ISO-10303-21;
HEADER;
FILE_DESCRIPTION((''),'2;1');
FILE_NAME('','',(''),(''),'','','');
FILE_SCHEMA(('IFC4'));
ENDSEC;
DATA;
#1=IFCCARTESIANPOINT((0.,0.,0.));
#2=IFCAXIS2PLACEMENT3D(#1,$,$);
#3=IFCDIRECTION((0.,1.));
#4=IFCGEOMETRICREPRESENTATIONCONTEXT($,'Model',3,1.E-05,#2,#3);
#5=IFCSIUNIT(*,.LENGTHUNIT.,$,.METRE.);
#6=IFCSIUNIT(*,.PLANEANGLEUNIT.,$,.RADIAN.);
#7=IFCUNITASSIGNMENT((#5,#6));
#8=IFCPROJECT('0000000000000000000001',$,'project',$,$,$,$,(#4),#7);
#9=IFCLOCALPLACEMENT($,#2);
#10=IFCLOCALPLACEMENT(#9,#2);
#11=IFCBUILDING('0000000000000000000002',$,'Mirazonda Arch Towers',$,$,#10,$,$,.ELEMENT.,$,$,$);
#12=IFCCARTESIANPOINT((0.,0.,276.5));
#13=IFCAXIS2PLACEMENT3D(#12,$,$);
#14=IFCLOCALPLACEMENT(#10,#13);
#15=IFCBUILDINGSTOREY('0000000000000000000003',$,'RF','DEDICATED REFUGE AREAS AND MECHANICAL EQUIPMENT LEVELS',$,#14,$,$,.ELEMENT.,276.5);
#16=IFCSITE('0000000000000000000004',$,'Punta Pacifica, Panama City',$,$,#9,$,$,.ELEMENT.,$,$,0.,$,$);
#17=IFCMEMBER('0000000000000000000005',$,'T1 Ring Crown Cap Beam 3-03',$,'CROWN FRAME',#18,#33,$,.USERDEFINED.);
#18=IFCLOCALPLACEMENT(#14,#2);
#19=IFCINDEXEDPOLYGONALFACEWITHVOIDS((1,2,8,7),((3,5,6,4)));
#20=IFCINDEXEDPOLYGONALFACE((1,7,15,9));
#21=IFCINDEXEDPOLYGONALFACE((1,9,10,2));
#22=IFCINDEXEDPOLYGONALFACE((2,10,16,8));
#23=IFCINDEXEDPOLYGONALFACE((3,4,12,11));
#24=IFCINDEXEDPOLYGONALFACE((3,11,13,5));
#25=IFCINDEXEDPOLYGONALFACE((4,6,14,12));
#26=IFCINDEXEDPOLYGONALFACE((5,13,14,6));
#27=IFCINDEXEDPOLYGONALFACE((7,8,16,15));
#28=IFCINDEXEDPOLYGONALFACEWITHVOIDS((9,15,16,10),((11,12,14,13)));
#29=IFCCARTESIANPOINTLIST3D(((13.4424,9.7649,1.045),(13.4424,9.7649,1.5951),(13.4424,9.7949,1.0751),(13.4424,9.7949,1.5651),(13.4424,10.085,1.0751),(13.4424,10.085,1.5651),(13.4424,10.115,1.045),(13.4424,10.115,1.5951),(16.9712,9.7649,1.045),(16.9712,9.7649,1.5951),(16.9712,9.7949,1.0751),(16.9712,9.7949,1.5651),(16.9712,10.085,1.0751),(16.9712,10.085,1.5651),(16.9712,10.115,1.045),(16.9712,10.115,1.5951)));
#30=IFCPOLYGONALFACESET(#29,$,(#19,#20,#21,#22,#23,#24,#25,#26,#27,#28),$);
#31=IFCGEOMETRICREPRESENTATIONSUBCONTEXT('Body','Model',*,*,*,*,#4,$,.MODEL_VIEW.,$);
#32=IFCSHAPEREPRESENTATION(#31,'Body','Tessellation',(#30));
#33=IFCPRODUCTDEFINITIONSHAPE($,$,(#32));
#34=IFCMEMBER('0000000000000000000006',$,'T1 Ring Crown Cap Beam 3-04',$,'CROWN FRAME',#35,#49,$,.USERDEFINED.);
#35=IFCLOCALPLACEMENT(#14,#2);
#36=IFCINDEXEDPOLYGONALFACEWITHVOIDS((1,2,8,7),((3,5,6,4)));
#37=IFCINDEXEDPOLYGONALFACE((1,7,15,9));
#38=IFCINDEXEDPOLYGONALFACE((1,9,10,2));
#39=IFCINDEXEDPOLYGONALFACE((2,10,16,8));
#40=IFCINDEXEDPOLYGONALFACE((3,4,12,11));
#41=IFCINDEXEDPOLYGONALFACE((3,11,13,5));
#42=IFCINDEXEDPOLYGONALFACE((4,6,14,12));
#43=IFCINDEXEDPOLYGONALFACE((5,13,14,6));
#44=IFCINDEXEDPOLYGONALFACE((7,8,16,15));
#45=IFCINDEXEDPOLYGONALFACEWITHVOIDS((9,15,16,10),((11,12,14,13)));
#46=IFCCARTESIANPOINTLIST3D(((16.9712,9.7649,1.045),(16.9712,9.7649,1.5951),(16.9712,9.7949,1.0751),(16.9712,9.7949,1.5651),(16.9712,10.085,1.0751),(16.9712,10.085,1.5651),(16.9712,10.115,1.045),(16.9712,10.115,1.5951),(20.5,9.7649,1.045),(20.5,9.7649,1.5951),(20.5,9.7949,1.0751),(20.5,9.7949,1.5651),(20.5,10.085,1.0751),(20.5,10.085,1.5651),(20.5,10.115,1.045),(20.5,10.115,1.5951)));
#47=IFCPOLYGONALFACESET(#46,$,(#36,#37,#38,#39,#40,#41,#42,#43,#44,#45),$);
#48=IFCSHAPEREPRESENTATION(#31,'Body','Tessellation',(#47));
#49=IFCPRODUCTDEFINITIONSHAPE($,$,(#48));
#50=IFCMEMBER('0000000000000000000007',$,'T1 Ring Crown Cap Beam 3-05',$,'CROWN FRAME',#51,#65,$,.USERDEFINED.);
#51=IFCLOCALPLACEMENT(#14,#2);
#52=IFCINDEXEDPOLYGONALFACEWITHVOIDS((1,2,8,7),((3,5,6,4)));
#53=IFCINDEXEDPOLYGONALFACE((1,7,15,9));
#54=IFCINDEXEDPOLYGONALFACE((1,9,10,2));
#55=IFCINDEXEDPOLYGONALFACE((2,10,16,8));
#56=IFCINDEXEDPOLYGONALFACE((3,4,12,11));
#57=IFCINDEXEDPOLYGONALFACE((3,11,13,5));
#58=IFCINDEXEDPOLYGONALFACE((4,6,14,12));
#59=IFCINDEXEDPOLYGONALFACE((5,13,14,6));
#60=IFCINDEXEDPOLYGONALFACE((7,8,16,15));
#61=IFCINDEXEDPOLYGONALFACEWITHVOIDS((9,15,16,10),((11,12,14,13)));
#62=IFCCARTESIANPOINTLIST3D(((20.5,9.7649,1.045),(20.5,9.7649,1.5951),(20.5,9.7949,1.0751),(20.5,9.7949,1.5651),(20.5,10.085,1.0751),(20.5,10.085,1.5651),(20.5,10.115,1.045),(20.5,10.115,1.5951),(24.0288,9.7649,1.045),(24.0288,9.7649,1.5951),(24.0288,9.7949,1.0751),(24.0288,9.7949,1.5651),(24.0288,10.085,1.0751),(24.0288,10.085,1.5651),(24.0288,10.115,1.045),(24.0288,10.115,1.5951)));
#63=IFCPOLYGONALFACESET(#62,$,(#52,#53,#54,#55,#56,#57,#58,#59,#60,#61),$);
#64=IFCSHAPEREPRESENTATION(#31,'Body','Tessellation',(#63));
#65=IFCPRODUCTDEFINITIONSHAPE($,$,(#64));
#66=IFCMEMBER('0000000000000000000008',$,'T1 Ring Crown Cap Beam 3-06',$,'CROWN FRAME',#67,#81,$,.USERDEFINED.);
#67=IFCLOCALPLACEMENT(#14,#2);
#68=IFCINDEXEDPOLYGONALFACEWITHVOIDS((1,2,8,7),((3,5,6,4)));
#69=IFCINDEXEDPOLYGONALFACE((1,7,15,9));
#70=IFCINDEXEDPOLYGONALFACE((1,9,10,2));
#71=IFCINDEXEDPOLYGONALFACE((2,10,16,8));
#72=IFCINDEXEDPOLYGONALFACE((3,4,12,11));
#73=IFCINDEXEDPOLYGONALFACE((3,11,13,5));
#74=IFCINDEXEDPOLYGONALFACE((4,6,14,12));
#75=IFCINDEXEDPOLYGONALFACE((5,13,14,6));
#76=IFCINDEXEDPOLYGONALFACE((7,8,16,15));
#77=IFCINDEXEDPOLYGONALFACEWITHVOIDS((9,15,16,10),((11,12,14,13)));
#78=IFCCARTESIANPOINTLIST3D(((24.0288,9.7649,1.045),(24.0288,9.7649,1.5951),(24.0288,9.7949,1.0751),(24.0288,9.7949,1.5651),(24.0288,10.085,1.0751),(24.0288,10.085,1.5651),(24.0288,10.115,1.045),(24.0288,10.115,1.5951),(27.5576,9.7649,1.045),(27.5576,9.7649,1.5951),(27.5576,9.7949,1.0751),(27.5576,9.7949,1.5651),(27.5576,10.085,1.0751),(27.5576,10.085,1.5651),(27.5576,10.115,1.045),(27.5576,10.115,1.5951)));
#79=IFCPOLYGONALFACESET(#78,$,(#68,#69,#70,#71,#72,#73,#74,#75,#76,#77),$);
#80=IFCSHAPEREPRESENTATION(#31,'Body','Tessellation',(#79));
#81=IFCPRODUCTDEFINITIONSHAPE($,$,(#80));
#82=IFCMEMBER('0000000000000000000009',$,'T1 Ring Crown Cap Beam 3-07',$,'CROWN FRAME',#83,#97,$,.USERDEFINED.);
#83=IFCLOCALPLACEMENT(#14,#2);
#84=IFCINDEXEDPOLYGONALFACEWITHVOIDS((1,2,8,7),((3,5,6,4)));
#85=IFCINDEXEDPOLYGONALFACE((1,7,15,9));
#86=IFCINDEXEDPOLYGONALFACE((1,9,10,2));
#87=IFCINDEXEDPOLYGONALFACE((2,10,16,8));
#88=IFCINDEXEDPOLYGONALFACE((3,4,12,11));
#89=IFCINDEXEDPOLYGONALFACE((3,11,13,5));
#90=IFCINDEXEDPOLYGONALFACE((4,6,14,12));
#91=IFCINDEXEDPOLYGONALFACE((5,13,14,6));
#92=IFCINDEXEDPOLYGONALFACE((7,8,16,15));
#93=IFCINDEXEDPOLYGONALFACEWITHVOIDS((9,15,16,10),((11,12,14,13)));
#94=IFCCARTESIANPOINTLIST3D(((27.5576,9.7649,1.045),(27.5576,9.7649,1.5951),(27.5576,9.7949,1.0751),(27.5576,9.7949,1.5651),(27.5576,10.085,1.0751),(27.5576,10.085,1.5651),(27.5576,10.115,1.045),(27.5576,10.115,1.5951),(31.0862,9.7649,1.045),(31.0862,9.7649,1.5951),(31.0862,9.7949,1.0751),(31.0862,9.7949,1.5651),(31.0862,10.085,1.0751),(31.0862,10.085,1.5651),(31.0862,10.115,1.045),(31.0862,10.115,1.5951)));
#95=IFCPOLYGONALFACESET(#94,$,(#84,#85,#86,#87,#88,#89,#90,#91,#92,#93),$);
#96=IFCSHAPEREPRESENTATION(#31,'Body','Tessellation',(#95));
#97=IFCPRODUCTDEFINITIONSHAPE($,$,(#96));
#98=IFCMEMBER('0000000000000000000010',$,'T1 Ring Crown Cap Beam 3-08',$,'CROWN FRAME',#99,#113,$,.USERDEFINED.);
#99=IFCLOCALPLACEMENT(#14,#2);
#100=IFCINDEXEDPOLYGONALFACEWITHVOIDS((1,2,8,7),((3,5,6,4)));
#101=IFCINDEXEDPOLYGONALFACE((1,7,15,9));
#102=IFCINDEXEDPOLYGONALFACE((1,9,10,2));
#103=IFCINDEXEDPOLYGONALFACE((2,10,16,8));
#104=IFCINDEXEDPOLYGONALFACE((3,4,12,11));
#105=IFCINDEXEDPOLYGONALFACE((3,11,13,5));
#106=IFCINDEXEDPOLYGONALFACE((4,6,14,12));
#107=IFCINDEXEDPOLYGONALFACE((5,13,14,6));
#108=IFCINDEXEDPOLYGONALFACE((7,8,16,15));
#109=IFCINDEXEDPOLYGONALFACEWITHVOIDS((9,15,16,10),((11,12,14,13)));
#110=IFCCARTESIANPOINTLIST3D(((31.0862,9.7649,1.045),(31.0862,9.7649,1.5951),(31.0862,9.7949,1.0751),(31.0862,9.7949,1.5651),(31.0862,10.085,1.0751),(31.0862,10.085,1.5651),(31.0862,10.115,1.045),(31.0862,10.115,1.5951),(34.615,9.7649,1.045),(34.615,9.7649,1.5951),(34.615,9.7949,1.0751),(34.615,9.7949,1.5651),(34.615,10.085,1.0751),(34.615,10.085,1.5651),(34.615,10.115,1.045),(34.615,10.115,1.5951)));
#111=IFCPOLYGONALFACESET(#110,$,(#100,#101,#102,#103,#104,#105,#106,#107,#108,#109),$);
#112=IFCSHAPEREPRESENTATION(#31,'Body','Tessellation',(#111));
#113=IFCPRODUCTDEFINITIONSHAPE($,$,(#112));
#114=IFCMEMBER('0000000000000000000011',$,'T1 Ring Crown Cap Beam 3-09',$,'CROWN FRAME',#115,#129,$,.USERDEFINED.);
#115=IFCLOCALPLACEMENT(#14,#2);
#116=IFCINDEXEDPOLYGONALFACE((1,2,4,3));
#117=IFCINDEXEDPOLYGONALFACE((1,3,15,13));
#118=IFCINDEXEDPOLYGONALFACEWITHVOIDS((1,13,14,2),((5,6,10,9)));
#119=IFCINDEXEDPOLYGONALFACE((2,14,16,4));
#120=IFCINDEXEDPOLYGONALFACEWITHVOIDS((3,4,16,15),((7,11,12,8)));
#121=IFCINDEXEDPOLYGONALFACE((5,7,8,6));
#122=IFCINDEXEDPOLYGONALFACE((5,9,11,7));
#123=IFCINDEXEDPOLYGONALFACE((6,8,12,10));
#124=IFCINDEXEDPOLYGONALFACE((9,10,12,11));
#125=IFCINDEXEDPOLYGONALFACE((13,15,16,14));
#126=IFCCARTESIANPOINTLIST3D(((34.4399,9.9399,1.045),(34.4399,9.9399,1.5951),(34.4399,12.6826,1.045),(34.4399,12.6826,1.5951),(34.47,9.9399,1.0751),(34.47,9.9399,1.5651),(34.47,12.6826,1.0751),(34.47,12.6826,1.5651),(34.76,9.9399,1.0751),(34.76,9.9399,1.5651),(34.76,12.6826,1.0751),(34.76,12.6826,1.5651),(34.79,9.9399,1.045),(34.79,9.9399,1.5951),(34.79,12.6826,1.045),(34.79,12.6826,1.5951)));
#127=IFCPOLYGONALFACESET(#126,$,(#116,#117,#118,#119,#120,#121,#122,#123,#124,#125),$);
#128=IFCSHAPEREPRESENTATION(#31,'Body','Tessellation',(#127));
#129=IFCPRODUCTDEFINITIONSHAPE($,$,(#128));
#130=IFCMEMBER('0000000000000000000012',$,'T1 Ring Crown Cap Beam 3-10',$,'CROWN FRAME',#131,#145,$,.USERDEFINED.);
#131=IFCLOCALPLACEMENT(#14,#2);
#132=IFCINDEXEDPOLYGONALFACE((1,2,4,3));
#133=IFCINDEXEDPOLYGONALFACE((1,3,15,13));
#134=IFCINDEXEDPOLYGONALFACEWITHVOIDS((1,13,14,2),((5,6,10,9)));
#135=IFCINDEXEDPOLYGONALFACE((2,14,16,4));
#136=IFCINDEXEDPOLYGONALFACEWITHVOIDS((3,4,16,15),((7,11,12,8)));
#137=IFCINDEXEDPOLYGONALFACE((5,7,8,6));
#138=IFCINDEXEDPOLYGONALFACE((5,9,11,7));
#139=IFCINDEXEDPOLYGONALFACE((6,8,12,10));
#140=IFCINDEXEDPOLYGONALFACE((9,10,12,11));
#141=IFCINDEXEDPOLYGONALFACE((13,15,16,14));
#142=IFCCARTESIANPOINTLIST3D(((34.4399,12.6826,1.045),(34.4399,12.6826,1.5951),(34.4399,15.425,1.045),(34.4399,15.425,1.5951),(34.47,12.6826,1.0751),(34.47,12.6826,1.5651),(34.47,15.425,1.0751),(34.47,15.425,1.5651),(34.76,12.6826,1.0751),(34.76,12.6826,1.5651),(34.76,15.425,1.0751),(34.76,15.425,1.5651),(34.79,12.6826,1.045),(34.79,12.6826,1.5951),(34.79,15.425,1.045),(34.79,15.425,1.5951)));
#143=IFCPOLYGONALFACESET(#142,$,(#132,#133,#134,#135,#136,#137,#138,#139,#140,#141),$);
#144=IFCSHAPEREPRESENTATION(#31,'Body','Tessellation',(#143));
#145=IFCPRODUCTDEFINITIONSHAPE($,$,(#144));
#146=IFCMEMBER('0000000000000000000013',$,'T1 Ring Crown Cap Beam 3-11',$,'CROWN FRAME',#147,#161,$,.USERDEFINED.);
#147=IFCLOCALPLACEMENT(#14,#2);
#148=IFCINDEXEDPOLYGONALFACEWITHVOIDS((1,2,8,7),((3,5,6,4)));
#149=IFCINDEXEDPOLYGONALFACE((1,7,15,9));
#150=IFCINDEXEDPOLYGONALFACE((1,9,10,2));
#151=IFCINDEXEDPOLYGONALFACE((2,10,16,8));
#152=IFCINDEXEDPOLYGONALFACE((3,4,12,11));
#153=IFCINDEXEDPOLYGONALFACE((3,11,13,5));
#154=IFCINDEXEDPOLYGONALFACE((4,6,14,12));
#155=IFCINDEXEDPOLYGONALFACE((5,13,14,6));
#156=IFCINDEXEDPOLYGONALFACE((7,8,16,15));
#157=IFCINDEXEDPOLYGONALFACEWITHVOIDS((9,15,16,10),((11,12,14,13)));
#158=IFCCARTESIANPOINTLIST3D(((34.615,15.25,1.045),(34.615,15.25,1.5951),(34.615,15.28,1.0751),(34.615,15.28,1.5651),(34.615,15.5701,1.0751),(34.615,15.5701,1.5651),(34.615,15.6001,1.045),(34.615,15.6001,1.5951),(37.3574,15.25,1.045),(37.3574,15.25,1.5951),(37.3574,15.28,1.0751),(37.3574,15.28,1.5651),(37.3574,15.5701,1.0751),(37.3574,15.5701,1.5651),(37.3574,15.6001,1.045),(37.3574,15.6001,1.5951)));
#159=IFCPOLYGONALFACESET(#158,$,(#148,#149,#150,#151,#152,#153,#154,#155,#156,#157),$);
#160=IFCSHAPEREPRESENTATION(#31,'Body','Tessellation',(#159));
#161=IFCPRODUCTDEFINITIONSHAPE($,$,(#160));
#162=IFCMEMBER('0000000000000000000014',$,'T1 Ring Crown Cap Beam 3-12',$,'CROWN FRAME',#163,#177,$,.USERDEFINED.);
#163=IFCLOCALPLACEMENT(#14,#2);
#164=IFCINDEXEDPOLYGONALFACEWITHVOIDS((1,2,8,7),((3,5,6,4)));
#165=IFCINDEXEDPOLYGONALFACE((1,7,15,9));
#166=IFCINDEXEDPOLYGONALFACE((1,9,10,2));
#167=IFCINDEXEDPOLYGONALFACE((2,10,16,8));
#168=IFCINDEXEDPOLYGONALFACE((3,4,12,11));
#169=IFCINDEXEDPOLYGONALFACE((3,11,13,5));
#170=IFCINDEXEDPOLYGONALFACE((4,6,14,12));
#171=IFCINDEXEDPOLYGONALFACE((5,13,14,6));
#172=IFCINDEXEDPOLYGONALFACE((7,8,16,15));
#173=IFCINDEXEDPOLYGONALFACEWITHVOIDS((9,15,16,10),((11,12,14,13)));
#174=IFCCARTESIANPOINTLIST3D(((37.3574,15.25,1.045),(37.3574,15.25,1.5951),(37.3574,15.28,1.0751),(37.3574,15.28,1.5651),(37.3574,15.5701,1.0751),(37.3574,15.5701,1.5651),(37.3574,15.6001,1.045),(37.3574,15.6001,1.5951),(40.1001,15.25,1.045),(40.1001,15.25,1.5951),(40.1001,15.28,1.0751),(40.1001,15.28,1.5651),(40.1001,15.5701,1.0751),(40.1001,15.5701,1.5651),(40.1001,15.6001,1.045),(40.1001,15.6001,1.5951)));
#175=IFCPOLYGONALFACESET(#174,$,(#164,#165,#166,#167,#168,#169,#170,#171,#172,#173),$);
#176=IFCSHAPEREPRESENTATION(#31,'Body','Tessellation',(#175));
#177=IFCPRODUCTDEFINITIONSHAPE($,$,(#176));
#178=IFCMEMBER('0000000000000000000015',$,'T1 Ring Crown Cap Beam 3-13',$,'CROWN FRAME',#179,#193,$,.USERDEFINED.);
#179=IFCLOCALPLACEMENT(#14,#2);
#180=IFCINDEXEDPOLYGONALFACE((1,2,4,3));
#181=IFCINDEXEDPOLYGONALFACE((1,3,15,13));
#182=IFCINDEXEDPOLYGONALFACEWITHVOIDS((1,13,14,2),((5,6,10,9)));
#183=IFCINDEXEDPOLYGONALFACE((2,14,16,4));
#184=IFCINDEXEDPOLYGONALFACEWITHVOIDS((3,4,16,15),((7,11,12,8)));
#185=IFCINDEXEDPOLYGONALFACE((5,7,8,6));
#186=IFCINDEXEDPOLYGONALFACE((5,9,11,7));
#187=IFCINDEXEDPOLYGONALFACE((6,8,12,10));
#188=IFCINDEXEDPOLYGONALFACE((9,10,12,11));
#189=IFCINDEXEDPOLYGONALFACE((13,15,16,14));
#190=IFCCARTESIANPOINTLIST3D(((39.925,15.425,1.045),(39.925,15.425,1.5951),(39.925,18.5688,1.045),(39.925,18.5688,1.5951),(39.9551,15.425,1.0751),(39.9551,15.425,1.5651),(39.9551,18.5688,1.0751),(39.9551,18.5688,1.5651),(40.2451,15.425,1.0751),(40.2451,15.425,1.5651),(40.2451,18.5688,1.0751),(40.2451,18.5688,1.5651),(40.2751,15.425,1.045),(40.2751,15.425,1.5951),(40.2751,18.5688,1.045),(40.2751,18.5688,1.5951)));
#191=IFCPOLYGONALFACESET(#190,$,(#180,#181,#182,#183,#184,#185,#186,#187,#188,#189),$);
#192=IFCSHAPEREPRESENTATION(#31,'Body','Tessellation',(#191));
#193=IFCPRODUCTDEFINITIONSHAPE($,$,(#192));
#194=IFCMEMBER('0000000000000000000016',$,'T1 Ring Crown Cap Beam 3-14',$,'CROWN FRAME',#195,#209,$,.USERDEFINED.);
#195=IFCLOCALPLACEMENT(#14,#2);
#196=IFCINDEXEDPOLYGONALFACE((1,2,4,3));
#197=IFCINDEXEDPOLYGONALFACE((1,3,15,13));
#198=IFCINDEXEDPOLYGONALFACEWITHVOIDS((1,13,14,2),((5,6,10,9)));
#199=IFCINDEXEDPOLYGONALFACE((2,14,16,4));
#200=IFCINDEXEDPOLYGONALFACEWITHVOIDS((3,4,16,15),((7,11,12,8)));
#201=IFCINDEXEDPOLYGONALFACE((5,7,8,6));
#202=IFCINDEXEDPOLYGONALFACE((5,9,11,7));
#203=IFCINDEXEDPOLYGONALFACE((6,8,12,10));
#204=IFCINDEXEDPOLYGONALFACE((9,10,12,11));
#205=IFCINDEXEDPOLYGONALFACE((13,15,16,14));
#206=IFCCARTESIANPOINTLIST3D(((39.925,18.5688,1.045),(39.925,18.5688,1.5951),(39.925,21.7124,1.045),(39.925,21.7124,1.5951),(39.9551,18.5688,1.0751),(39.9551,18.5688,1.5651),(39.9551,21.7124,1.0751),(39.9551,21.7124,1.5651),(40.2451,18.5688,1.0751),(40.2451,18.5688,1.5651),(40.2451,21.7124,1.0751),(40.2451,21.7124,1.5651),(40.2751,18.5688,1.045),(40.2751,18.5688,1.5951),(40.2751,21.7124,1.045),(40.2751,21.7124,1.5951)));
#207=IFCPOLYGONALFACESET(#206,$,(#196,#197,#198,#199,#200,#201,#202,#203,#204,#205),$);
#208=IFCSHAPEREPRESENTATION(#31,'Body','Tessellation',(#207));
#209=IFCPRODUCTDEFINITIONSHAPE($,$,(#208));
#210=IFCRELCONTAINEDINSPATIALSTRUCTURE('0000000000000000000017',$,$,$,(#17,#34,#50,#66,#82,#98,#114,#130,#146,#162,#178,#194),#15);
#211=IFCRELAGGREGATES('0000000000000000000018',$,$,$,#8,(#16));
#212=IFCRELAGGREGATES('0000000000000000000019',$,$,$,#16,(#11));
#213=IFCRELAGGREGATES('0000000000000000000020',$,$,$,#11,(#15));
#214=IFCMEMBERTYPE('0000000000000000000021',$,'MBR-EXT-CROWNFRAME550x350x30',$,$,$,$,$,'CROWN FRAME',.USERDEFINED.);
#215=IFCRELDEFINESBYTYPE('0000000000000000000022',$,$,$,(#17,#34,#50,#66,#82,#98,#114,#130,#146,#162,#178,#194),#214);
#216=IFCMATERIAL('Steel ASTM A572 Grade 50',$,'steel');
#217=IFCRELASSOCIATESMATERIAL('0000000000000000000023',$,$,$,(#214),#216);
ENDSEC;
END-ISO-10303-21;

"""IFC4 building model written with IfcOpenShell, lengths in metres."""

from ifc_helpers import new_model, si_unit, direction, frame, origin, origin_2d, place, context, subcontext, project, spatial, hollow_rectangle, extrude, material, material_profile, profile_set, type_object, element, save


model = new_model("IFC4")

# Units and contexts
model_context = context("Model", 3, precision=1e-05, world=origin(), true_north=direction((0.0, 1.0)))
body_context = subcontext(model_context, "Body", "Model", "MODEL_VIEW")
ifc_project = project(units=[si_unit("LENGTHUNIT", "METRE"), si_unit("PLANEANGLEUNIT", "RADIAN")], contexts=[model_context])

# Site, building, storey
site_placement = place(None, origin())
site = spatial("IfcSite", under=ifc_project, at=site_placement, Name="Punta Pacifica, Panama City", CompositionType="ELEMENT", RefElevation=0.0)
building_placement = place(site_placement, origin())
building = spatial("IfcBuilding", under=site, at=building_placement, Name="Mirazonda Arch Towers", CompositionType="ELEMENT")
storey_placement = place(building_placement, frame((0.0, 0.0, 276.5)))
storey = spatial("IfcBuildingStorey", under=building, at=storey_placement, Name="RF", Description="DEDICATED REFUGE AREAS AND MECHANICAL EQUIPMENT LEVELS", CompositionType="ELEMENT", Elevation=276.5)

# Members
ifc_material_1 = material(Name="Steel ASTM A572 Grade 50", Category="steel")
ifc_material_profile = material_profile(ifc_material_1, hollow_rectangle(XDim=0.3501, YDim=0.55, WallThickness=0.03, at=origin_2d()), Name="CROWNFRAME550x350x30")
ifc_profile_set = profile_set([ifc_material_profile], Name="Steel ASTM A572 Grade 50")
member_type = type_object("IfcMemberType", Name="MBR-EXT-CROWNFRAME550x350x30", ElementType="CROWN FRAME", PredefinedType="USERDEFINED", material=ifc_profile_set)
for number, where, z_axis, x_axis, name in (
    (1, (13.4424, 9.9399, 1.3201), (1.0, 0.0, 0.0), (0.0, 1.0, 0.0), "T1 Ring Crown Cap Beam 3-03"),
    (2, (16.9712, 9.9399, 1.3201), (1.0, 0.0, 0.0), (0.0, 1.0, 0.0), "T1 Ring Crown Cap Beam 3-04"),
    (3, (20.5, 9.9399, 1.3201), (1.0, 0.0, 0.0), (0.0, 1.0, 0.0), "T1 Ring Crown Cap Beam 3-05"),
    (4, (24.0288, 9.9399, 1.3201), (1.0, 0.0, 0.0), (0.0, 1.0, 0.0), "T1 Ring Crown Cap Beam 3-06"),
):
    element("IfcMember", number, at=place(storey_placement, frame(where, z_axis=z_axis, x_axis=x_axis)), inside=storey, type_object=member_type, Name=name, ObjectType="CROWN FRAME", PredefinedType="USERDEFINED", context=body_context, shape_type="SweptSolid", body=[
        extrude(hollow_rectangle(XDim=0.3501, YDim=0.55, WallThickness=0.03, at=origin_2d()), origin(), (0.0, 0.0, 1.0), 3.5288),
    ])
member_1_placement = place(storey_placement, frame((27.5576, 9.9399, 1.3201), z_axis=(1.0, 0.0, 0.0), x_axis=(0.0, 1.0, 0.0)))
element("IfcMember", 5, at=member_1_placement, inside=storey, type_object=member_type, Name="T1 Ring Crown Cap Beam 3-07", ObjectType="CROWN FRAME", PredefinedType="USERDEFINED", context=body_context, shape_type="SweptSolid", body=[
    extrude(hollow_rectangle(XDim=0.3501, YDim=0.55, WallThickness=0.03, at=origin_2d()), origin(), (0.0, 0.0, 1.0), 3.5286),
])
member_2_placement = place(storey_placement, frame((31.0862, 9.9399, 1.3201), z_axis=(1.0, 0.0, 0.0), x_axis=(0.0, 1.0, 0.0)))
element("IfcMember", 6, at=member_2_placement, inside=storey, type_object=member_type, Name="T1 Ring Crown Cap Beam 3-08", ObjectType="CROWN FRAME", PredefinedType="USERDEFINED", context=body_context, shape_type="SweptSolid", body=[
    extrude(hollow_rectangle(XDim=0.3501, YDim=0.55, WallThickness=0.03, at=origin_2d()), origin(), (0.0, 0.0, 1.0), 3.5288),
])
member_3_placement = place(storey_placement, frame((34.615, 9.9399, 1.3201), z_axis=(0.0, 1.0, 0.0), x_axis=(-1.0, 0.0, 0.0)))
element("IfcMember", 7, at=member_3_placement, inside=storey, type_object=member_type, Name="T1 Ring Crown Cap Beam 3-09", ObjectType="CROWN FRAME", PredefinedType="USERDEFINED", context=body_context, shape_type="SweptSolid", body=[
    extrude(hollow_rectangle(XDim=0.3501, YDim=0.55, WallThickness=0.03, at=origin_2d()), origin(), (0.0, 0.0, 1.0), 2.7427),
])
for number, where, z_axis, x_axis, name in (
    (8, (34.615, 12.6826, 1.3201), (0.0, 1.0, 0.0), (-1.0, 0.0, 0.0), "T1 Ring Crown Cap Beam 3-10"),
    (9, (34.615, 15.425, 1.3201), (1.0, 0.0, 0.0), (0.0, 1.0, 0.0), "T1 Ring Crown Cap Beam 3-11"),
):
    element("IfcMember", number, at=place(storey_placement, frame(where, z_axis=z_axis, x_axis=x_axis)), inside=storey, type_object=member_type, Name=name, ObjectType="CROWN FRAME", PredefinedType="USERDEFINED", context=body_context, shape_type="SweptSolid", body=[
        extrude(hollow_rectangle(XDim=0.3501, YDim=0.55, WallThickness=0.03, at=origin_2d()), origin(), (0.0, 0.0, 1.0), 2.7424),
    ])
member_4_placement = place(storey_placement, frame((37.3574, 15.425, 1.3201), z_axis=(1.0, 0.0, 0.0), x_axis=(0.0, 1.0, 0.0)))
element("IfcMember", 10, at=member_4_placement, inside=storey, type_object=member_type, Name="T1 Ring Crown Cap Beam 3-12", ObjectType="CROWN FRAME", PredefinedType="USERDEFINED", context=body_context, shape_type="SweptSolid", body=[
    extrude(hollow_rectangle(XDim=0.3501, YDim=0.55, WallThickness=0.03, at=origin_2d()), origin(), (0.0, 0.0, 1.0), 2.7427),
])
member_5_placement = place(storey_placement, frame((40.1001, 15.425, 1.3201), z_axis=(0.0, 1.0, 0.0), x_axis=(-1.0, 0.0, 0.0)))
element("IfcMember", 11, at=member_5_placement, inside=storey, type_object=member_type, Name="T1 Ring Crown Cap Beam 3-13", ObjectType="CROWN FRAME", PredefinedType="USERDEFINED", context=body_context, shape_type="SweptSolid", body=[
    extrude(hollow_rectangle(XDim=0.3501, YDim=0.55, WallThickness=0.03, at=origin_2d()), origin(), (0.0, 0.0, 1.0), 3.1438),
])
member_6_placement = place(storey_placement, frame((40.1001, 18.5688, 1.3201), z_axis=(0.0, 1.0, 0.0), x_axis=(-1.0, 0.0, 0.0)))
element("IfcMember", 12, at=member_6_placement, inside=storey, type_object=member_type, Name="T1 Ring Crown Cap Beam 3-14", ObjectType="CROWN FRAME", PredefinedType="USERDEFINED", context=body_context, shape_type="SweptSolid", body=[
    extrude(hollow_rectangle(XDim=0.3501, YDim=0.55, WallThickness=0.03, at=origin_2d()), origin(), (0.0, 0.0, 1.0), 3.1436),
])

save(model, "model.ifc")
